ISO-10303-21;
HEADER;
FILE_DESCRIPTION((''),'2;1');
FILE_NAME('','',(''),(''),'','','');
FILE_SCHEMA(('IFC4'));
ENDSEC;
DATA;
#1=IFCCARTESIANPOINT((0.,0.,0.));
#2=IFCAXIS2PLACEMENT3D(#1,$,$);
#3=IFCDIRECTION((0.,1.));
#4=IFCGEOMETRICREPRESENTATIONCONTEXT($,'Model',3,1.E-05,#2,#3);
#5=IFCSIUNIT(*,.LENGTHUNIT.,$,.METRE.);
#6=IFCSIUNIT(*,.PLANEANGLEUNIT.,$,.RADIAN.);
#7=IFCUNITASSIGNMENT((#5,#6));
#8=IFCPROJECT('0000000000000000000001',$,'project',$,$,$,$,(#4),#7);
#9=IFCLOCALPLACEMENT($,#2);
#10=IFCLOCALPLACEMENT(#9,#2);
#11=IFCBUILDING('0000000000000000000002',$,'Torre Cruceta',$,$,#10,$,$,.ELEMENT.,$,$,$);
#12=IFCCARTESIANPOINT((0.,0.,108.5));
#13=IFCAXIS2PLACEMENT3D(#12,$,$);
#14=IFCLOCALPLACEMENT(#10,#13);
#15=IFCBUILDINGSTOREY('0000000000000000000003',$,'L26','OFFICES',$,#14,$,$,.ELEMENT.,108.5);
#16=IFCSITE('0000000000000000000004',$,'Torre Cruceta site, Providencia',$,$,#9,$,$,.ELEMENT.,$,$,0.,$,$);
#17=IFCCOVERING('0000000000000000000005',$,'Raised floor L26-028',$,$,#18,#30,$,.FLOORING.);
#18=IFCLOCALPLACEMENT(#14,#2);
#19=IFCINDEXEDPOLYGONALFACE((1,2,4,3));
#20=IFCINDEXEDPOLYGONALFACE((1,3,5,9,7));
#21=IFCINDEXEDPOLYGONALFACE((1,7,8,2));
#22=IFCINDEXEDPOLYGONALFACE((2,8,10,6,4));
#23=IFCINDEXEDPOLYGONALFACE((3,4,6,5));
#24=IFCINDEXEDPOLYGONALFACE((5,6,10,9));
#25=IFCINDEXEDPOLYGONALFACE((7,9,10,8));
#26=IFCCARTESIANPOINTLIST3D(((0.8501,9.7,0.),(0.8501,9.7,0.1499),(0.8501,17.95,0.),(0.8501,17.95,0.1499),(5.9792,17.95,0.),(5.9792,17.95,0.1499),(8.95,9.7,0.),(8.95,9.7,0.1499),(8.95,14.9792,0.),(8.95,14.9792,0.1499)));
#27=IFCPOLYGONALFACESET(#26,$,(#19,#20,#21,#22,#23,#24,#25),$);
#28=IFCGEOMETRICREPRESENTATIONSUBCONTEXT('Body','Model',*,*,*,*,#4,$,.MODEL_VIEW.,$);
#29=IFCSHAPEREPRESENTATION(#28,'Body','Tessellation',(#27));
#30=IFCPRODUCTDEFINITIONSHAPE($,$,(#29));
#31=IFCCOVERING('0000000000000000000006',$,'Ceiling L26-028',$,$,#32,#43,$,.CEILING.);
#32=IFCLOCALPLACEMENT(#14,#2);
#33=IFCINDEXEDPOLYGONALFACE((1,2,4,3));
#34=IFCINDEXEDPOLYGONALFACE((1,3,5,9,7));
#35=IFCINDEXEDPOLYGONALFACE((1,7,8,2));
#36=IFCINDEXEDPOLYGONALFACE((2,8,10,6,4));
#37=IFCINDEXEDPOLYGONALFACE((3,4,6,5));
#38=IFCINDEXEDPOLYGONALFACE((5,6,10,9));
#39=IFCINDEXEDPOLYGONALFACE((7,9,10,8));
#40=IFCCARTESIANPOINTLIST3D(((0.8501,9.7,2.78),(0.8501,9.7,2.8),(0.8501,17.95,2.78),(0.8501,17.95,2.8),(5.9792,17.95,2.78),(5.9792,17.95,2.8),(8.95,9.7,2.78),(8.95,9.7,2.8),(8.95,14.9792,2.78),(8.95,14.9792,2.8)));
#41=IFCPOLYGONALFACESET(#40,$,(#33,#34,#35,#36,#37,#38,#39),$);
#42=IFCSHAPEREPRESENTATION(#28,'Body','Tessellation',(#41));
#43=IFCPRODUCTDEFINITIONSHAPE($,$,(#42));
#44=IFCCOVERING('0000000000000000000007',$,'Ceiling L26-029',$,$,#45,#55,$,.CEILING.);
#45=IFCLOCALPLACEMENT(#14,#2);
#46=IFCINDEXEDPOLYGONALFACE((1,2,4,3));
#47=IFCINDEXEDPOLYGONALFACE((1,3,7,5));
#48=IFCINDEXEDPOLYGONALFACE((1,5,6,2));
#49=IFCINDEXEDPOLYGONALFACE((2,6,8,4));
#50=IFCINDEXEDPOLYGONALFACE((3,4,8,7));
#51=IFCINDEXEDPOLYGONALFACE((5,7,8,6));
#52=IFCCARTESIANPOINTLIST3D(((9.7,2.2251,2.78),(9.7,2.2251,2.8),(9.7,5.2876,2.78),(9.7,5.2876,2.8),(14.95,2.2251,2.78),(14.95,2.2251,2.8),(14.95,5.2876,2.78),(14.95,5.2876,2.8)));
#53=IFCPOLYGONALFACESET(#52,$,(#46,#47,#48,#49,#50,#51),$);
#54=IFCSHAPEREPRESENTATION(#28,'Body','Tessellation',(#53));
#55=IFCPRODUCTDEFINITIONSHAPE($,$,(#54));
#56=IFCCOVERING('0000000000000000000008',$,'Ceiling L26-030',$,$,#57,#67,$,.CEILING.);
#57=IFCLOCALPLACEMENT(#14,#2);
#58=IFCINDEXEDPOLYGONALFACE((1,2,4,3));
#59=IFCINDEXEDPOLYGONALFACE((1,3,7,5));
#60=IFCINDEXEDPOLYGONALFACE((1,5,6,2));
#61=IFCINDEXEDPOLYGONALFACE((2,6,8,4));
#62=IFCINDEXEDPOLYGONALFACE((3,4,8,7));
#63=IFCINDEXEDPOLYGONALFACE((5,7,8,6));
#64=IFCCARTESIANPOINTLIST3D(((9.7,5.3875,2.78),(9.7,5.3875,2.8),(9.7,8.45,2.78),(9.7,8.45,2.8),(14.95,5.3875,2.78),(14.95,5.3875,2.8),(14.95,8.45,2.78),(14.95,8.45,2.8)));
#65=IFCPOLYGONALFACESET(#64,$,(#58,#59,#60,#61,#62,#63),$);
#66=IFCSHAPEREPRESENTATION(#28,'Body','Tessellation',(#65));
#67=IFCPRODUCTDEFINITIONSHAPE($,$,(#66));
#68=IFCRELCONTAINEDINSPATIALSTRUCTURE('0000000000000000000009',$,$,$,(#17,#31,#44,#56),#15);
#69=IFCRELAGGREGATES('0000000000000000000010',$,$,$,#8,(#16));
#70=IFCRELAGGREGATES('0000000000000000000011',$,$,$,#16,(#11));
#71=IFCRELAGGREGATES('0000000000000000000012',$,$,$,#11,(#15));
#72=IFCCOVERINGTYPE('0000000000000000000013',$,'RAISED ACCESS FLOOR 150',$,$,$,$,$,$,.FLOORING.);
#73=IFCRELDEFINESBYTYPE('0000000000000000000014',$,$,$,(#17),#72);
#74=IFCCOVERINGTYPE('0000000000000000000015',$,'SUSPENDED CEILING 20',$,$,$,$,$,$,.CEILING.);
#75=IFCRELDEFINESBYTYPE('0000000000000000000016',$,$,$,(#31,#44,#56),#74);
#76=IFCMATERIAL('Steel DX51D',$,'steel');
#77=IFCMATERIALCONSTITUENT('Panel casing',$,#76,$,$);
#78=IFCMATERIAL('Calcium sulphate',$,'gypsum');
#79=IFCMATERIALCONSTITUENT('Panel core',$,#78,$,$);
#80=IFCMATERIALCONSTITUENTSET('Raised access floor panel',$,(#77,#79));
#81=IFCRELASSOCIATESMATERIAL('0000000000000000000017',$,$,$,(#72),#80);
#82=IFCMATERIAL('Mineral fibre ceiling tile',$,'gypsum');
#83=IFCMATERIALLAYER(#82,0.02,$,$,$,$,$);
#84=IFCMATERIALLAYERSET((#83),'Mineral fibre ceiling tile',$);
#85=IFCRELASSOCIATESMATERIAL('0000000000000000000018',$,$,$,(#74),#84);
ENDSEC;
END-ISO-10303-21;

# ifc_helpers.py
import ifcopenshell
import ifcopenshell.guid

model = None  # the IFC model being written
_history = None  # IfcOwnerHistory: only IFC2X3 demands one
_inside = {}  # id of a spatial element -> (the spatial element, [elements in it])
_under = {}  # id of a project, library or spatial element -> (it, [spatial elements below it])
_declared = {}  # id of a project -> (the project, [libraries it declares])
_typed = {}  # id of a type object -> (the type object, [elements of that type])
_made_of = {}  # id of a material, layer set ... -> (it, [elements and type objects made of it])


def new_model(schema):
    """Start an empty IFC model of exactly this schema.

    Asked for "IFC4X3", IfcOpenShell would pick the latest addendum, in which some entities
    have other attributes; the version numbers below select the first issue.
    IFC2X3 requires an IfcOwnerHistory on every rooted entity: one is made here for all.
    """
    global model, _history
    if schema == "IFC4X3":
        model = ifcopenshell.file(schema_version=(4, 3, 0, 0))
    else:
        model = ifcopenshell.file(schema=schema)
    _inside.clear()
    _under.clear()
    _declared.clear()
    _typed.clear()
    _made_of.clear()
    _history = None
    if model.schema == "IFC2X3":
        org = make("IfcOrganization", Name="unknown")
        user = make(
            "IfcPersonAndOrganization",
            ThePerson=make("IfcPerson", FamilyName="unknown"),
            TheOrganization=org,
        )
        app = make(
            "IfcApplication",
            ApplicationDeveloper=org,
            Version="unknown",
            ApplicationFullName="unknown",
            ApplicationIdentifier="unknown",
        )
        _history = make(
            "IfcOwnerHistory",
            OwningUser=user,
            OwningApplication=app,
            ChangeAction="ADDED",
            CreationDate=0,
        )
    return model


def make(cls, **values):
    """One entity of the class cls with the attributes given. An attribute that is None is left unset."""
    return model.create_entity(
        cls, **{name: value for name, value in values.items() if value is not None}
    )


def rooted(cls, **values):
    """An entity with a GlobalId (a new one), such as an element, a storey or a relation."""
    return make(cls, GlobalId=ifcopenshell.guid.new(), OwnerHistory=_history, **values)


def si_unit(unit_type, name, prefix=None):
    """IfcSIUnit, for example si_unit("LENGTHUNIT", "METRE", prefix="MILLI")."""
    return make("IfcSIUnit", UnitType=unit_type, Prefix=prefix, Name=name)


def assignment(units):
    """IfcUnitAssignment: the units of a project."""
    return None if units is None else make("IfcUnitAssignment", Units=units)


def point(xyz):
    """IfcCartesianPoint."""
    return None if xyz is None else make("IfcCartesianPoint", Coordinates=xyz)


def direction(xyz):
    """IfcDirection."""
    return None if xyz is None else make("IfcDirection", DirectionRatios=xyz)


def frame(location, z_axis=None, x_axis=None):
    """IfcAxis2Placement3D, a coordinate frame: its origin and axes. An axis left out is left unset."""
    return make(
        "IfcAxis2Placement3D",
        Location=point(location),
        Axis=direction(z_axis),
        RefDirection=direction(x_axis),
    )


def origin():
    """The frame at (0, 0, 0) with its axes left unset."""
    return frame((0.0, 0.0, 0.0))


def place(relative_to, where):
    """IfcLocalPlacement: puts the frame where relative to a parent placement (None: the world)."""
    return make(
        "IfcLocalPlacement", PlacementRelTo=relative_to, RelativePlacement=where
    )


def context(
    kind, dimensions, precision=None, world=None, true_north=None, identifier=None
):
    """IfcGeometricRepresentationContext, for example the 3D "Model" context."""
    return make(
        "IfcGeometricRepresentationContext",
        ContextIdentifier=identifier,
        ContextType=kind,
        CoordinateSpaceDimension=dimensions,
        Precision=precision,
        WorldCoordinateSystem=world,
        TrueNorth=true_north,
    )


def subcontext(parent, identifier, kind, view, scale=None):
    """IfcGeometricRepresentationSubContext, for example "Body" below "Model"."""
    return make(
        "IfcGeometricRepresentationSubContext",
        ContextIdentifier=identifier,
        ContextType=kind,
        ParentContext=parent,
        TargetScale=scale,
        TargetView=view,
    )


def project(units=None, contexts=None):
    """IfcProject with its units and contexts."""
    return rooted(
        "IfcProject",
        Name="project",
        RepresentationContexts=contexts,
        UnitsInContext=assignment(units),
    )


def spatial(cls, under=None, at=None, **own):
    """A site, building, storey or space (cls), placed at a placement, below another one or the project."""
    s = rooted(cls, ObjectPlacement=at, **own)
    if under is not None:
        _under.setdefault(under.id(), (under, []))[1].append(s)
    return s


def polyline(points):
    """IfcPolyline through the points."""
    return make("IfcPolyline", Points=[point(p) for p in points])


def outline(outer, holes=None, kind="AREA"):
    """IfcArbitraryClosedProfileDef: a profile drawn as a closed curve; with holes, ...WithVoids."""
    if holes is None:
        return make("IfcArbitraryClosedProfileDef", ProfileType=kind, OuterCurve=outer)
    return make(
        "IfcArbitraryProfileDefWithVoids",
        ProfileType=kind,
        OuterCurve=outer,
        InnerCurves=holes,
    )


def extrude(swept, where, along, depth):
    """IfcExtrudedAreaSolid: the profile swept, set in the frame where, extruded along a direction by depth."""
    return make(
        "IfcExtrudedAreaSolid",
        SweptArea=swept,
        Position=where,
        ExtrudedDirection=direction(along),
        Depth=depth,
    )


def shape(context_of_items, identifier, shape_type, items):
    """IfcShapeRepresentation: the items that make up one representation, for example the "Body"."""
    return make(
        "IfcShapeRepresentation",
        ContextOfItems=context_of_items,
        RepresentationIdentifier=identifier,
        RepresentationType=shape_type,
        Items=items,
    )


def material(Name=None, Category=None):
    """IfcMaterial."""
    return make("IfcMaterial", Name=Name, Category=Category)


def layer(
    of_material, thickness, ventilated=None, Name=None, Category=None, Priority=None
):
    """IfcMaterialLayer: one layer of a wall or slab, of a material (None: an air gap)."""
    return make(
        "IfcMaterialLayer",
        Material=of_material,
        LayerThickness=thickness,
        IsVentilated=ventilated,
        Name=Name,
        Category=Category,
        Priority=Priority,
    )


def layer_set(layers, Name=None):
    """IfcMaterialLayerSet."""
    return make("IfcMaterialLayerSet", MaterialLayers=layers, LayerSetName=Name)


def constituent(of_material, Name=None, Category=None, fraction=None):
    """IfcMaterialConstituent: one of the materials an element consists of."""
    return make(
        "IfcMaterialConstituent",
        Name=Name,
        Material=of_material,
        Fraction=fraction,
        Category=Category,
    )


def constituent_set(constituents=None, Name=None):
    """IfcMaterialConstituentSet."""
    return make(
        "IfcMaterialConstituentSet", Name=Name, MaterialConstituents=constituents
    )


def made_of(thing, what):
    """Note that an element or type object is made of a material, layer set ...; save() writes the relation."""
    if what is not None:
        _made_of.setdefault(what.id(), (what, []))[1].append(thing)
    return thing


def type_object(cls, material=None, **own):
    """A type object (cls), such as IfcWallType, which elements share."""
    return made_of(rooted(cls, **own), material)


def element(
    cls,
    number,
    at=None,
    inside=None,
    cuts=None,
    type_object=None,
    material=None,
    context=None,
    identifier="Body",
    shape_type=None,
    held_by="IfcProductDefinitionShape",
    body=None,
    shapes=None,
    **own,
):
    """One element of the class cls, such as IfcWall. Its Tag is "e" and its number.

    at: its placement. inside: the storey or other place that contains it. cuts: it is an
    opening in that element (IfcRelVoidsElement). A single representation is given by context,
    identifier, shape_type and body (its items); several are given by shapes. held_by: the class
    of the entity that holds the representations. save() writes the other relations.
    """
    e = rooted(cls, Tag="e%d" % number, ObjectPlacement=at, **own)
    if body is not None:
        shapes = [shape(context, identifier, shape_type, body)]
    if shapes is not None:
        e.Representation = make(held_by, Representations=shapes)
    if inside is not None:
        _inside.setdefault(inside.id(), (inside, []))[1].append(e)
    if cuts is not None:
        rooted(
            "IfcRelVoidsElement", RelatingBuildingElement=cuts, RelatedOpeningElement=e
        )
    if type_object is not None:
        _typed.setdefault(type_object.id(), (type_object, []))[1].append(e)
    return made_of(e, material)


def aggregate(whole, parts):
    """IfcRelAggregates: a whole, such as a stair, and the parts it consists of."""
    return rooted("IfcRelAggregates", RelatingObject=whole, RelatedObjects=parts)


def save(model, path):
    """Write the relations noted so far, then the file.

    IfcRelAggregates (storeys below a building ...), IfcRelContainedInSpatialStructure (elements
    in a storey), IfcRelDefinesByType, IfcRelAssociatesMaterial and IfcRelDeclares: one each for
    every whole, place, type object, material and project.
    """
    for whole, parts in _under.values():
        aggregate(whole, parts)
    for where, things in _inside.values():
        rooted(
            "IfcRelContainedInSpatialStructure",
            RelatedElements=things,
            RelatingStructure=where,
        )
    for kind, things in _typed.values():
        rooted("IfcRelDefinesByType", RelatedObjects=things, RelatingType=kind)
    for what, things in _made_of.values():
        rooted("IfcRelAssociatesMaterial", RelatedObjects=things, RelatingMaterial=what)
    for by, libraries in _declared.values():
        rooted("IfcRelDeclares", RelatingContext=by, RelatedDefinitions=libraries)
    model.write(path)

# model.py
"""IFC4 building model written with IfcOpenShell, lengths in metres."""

from ifc_helpers import new_model, si_unit, direction, frame, origin, place, context, subcontext, project, spatial, polyline, outline, extrude, material, layer, layer_set, constituent, constituent_set, type_object, element, save


model = new_model("IFC4")

# Units and contexts
model_context = context("Model", 3, precision=1e-05, world=origin(), true_north=direction((0.0, 1.0)))
body_context = subcontext(model_context, "Body", "Model", "MODEL_VIEW")
ifc_project = project(units=[si_unit("LENGTHUNIT", "METRE"), si_unit("PLANEANGLEUNIT", "RADIAN")], contexts=[model_context])

# Site, building, storey
site_placement = place(None, origin())
site = spatial("IfcSite", under=ifc_project, at=site_placement, Name="Torre Cruceta site, Providencia", CompositionType="ELEMENT", RefElevation=0.0)
building_placement = place(site_placement, origin())
building = spatial("IfcBuilding", under=site, at=building_placement, Name="Torre Cruceta", CompositionType="ELEMENT")
storey_placement = place(building_placement, frame((0.0, 0.0, 108.5)))
storey = spatial("IfcBuildingStorey", under=building, at=storey_placement, Name="L26", Description="OFFICES", CompositionType="ELEMENT", Elevation=108.5)

# Coverings
ifc_material_1 = material(Name="Steel DX51D", Category="steel")
ifc_constituent_1 = constituent(ifc_material_1, Name="Panel casing")
ifc_material_2 = material(Name="Calcium sulphate", Category="gypsum")
ifc_constituent_2 = constituent(ifc_material_2, Name="Panel core")
ifc_constituent_set_1 = constituent_set(constituents=[ifc_constituent_1, ifc_constituent_2], Name="Raised access floor panel")
covering_type_1 = type_object("IfcCoveringType", Name="RAISED ACCESS FLOOR 150", PredefinedType="FLOORING", material=ifc_constituent_set_1)
covering_1_placement = place(storey_placement, origin())
element("IfcCovering", 1, at=covering_1_placement, inside=storey, type_object=covering_type_1, Name="Raised floor L26-028", PredefinedType="FLOORING", context=body_context, shape_type="SweptSolid", body=[
    extrude(outline(polyline([(5.9792, 17.95), (8.95, 14.9792), (8.95, 9.7), (0.8501, 9.7), (0.8501, 17.95), (5.9792, 17.95)])), origin(), (0.0, 0.0, 1.0), 0.1499),
])
ifc_material_3 = material(Name="Mineral fibre ceiling tile", Category="gypsum")
ifc_layer_1 = layer(ifc_material_3, 0.02)
ifc_layer_set_1 = layer_set([ifc_layer_1], Name="Mineral fibre ceiling tile")
covering_type_2 = type_object("IfcCoveringType", Name="SUSPENDED CEILING 20", PredefinedType="CEILING", material=ifc_layer_set_1)
covering_2_placement = place(storey_placement, frame((0.0, 0.0, 2.78)))
element("IfcCovering", 2, at=covering_2_placement, inside=storey, type_object=covering_type_2, Name="Ceiling L26-028", PredefinedType="CEILING", context=body_context, shape_type="SweptSolid", body=[
    extrude(outline(polyline([(5.9792, 17.95), (8.95, 14.9792), (8.95, 9.7), (0.8501, 9.7), (0.8501, 17.95), (5.9792, 17.95)])), origin(), (0.0, 0.0, 1.0), 0.02),
])
covering_3_placement = place(storey_placement, frame((0.0, 0.0, 2.78)))
element("IfcCovering", 3, at=covering_3_placement, inside=storey, type_object=covering_type_2, Name="Ceiling L26-029", PredefinedType="CEILING", context=body_context, shape_type="SweptSolid", body=[
    extrude(outline(polyline([(9.7, 2.2251), (9.7, 5.2876), (14.95, 5.2876), (14.95, 2.2251), (9.7, 2.2251)])), origin(), (0.0, 0.0, 1.0), 0.02),
])
covering_4_placement = place(storey_placement, frame((0.0, 0.0, 2.78)))
element("IfcCovering", 4, at=covering_4_placement, inside=storey, type_object=covering_type_2, Name="Ceiling L26-030", PredefinedType="CEILING", context=body_context, shape_type="SweptSolid", body=[
    extrude(outline(polyline([(9.7, 5.3875), (9.7, 8.45), (14.95, 8.45), (14.95, 5.3875), (9.7, 5.3875)])), origin(), (0.0, 0.0, 1.0), 0.02),
])

save(model, "model.ifc")
